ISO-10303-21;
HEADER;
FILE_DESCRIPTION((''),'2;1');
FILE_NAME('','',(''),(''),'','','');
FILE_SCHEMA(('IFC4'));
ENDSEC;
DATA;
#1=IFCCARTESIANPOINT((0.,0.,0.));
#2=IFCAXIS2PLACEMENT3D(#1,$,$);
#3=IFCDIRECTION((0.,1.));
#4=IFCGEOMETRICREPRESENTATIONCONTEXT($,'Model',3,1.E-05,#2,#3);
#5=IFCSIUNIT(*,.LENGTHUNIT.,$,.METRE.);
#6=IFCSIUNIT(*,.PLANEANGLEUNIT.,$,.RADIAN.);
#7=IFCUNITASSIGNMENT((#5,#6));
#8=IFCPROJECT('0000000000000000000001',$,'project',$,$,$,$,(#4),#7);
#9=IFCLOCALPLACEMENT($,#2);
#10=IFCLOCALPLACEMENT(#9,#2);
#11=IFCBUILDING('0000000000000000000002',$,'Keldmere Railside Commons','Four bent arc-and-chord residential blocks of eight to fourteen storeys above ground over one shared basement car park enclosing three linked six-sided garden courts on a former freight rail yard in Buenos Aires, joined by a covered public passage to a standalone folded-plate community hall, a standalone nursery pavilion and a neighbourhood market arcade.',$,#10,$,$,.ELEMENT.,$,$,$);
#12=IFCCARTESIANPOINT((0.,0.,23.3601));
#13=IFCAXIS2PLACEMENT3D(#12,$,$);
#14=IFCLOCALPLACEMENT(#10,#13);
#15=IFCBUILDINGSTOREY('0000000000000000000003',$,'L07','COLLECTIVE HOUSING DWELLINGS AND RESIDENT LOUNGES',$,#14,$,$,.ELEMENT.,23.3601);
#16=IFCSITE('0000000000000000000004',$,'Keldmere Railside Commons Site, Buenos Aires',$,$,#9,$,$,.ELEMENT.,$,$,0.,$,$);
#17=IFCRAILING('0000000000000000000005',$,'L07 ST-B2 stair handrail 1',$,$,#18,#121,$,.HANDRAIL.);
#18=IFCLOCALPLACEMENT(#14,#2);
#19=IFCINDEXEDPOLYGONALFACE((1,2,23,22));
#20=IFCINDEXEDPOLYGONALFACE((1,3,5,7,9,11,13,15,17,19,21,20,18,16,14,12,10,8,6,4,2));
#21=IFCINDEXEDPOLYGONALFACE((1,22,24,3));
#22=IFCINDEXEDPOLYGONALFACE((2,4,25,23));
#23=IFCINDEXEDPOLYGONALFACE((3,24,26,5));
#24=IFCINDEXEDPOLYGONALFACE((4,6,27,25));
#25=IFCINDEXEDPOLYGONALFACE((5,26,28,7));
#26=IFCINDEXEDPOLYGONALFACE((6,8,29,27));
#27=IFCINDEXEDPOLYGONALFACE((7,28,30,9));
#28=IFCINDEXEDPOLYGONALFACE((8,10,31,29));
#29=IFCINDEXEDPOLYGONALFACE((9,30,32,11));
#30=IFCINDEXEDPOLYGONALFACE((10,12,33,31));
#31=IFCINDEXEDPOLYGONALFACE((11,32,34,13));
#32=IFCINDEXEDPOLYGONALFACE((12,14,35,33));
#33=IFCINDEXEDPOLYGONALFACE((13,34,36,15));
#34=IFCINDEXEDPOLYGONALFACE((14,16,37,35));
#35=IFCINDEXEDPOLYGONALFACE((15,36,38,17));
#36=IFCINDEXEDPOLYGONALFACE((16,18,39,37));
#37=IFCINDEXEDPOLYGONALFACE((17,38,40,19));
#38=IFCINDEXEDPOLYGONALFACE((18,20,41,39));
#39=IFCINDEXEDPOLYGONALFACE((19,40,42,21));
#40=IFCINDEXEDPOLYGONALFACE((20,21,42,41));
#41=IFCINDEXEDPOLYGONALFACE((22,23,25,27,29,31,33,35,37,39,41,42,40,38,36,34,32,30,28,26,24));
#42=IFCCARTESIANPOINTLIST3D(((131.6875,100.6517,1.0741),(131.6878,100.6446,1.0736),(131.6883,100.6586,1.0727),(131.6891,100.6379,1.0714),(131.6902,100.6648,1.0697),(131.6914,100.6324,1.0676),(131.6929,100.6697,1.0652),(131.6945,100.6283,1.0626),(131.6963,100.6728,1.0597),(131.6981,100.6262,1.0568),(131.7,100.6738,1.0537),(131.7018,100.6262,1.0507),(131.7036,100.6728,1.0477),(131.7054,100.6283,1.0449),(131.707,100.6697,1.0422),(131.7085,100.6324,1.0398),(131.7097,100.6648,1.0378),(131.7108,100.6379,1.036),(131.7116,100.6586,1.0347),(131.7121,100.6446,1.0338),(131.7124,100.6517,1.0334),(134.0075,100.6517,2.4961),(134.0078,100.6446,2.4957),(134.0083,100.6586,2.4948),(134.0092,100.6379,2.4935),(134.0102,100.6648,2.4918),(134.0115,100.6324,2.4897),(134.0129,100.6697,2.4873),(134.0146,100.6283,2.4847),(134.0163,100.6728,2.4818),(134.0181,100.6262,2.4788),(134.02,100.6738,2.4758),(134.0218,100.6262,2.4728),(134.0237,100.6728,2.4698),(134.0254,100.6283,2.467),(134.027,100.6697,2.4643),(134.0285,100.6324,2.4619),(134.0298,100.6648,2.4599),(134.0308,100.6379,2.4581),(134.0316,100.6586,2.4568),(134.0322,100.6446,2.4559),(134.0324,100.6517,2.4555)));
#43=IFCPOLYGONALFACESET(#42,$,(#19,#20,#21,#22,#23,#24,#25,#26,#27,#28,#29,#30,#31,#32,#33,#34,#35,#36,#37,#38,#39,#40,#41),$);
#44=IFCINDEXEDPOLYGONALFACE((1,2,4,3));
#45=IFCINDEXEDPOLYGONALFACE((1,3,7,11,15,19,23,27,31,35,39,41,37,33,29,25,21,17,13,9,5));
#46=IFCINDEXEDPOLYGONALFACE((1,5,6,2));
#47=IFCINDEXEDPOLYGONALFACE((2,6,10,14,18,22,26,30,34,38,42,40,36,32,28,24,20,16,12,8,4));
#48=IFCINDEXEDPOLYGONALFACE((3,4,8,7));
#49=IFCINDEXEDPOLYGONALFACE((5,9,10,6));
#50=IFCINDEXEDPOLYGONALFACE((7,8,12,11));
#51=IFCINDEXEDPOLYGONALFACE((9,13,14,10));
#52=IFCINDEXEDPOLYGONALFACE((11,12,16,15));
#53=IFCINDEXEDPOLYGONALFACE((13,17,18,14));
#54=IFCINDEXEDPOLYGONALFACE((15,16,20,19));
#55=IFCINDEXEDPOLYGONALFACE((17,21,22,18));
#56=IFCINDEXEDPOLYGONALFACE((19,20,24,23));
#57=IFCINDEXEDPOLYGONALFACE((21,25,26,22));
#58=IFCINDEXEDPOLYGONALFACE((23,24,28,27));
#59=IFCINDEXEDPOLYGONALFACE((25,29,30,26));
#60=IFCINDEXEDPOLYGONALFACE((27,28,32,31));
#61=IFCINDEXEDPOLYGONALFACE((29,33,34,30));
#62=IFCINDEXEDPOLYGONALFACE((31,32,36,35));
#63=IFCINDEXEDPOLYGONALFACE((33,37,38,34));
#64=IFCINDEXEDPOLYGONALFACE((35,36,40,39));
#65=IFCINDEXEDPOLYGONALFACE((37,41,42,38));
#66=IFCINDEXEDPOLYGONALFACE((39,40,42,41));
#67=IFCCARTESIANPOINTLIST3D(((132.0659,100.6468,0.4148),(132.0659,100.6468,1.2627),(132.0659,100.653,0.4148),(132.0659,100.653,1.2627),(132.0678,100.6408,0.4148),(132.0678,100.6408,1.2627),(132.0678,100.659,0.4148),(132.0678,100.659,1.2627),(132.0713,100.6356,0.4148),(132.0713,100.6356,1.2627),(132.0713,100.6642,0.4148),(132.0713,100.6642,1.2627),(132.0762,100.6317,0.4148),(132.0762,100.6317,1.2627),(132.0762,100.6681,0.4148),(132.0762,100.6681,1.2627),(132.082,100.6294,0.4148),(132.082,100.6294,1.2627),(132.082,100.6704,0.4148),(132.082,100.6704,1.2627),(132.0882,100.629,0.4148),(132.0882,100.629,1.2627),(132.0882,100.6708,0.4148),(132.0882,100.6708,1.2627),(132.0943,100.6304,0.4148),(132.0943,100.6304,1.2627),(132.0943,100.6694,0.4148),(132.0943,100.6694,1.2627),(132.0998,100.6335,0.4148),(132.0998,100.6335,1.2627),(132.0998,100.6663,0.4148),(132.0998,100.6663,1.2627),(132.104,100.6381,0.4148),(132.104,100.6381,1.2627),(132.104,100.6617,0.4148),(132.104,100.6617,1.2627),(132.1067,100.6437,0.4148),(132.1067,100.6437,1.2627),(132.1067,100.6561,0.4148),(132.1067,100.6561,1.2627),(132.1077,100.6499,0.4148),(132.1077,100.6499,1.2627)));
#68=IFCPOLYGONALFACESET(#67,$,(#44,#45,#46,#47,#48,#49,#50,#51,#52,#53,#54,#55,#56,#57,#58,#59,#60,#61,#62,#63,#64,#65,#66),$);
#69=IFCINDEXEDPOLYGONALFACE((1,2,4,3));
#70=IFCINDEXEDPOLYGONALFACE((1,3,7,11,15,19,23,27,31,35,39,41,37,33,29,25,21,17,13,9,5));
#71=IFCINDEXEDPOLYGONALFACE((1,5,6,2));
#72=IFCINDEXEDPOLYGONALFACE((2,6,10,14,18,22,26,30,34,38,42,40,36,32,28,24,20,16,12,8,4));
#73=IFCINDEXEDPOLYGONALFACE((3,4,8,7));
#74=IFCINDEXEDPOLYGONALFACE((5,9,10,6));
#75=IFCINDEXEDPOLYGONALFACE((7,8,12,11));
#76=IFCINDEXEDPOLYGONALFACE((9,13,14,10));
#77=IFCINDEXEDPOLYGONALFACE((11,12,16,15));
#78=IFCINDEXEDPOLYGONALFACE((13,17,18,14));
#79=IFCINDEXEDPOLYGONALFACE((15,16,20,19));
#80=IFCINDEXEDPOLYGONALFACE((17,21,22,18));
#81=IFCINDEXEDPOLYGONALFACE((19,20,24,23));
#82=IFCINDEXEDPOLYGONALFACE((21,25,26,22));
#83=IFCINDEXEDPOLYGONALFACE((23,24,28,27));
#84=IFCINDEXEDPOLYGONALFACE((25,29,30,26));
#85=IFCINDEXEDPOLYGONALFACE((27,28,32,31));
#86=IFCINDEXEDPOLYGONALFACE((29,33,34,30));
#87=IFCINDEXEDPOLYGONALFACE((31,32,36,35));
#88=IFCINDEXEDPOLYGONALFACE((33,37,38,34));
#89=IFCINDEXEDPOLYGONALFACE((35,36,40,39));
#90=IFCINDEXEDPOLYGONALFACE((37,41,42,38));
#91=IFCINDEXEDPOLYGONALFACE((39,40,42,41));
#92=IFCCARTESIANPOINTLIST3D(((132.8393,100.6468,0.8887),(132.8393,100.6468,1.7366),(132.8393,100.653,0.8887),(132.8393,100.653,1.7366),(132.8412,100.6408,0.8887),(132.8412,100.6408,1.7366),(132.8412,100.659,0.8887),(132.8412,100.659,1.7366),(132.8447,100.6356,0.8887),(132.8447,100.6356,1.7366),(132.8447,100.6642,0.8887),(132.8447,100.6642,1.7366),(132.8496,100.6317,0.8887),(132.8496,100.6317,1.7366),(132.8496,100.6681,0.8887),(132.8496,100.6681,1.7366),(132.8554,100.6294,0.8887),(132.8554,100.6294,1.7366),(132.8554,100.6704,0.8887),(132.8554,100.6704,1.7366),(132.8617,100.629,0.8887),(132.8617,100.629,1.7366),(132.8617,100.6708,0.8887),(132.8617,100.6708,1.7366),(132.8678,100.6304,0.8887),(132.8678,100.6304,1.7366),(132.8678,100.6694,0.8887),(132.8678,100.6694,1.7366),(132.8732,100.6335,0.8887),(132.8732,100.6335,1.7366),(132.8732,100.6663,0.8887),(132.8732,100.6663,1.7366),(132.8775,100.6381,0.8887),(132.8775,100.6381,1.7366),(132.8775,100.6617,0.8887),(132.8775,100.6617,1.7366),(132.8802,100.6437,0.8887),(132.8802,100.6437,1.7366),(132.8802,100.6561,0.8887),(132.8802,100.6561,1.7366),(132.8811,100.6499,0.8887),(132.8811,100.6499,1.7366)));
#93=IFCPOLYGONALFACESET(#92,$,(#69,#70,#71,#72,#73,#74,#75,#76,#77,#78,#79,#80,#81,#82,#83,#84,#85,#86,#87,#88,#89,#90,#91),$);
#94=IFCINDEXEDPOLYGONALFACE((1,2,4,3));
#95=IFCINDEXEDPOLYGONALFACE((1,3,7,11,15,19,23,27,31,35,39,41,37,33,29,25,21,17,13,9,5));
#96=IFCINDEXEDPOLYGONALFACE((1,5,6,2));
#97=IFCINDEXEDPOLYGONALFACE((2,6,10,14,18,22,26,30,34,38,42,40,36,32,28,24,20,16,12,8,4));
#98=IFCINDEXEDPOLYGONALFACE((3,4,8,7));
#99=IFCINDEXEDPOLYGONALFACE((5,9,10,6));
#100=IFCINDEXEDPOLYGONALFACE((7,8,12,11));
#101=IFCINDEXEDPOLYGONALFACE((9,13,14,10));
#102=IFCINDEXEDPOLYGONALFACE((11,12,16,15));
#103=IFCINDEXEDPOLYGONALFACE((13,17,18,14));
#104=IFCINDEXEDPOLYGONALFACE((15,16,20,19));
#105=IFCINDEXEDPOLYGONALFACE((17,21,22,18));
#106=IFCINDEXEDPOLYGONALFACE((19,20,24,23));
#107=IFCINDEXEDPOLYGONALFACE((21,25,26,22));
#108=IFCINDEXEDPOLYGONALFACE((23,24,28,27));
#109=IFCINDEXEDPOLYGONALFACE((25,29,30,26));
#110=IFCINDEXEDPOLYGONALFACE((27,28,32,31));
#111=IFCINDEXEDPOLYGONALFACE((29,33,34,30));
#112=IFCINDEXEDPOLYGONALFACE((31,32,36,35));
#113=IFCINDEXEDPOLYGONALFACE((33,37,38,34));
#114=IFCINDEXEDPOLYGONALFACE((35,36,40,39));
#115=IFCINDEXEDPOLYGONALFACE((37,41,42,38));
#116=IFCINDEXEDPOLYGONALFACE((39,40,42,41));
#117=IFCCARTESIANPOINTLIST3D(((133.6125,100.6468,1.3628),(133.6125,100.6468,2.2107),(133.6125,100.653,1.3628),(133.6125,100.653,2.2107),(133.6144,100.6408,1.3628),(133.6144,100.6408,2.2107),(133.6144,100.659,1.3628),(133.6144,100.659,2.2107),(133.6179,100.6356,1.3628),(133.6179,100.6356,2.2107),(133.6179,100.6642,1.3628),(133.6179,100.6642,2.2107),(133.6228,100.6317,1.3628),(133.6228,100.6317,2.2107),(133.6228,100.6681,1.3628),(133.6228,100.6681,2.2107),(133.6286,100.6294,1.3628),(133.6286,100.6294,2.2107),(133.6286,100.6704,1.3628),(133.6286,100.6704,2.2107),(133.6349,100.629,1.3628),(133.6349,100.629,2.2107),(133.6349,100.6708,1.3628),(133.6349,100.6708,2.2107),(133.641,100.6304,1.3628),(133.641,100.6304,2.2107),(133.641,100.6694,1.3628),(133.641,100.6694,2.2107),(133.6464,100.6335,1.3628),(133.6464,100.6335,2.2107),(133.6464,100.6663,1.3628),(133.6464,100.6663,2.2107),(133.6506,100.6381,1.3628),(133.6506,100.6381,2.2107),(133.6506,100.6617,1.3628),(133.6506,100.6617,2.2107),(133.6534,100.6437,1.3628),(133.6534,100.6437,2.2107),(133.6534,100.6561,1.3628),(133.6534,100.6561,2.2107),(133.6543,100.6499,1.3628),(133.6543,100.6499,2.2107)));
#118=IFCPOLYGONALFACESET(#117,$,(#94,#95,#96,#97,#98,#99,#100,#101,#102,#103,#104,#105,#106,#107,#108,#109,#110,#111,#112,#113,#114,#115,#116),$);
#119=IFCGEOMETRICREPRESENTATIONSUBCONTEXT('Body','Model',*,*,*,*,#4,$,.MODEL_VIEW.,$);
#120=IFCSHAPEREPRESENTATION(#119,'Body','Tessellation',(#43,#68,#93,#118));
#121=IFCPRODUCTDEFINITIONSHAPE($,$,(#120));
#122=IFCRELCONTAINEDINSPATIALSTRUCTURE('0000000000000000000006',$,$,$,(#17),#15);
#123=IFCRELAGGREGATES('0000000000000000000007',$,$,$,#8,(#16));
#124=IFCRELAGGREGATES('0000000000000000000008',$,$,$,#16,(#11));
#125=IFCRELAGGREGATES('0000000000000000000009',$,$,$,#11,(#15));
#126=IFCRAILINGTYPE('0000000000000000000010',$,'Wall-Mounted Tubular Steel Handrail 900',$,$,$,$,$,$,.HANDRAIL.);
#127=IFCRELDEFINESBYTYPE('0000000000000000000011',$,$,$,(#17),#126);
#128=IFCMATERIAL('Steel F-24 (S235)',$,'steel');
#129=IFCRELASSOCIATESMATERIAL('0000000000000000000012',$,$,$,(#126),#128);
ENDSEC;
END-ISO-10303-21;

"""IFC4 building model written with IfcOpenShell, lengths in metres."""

from ifc_helpers import new_model, si_unit, direction, frame, origin, origin_2d, place, context, subcontext, project, spatial, circle, extrude, material, type_object, element, save


model = new_model("IFC4")

# Units and contexts
model_context = context("Model", 3, precision=1e-05, world=origin(), true_north=direction((0.0, 1.0)))
body_context = subcontext(model_context, "Body", "Model", "MODEL_VIEW")
ifc_project = project(units=[si_unit("LENGTHUNIT", "METRE"), si_unit("PLANEANGLEUNIT", "RADIAN")], contexts=[model_context])

# Site, building, storey
site_placement = place(None, origin())
site = spatial("IfcSite", under=ifc_project, at=site_placement, Name="Keldmere Railside Commons Site, Buenos Aires", CompositionType="ELEMENT", RefElevation=0.0)
building_placement = place(site_placement, origin())
building = spatial("IfcBuilding", under=site, at=building_placement, Name="Keldmere Railside Commons", Description="Four bent arc-and-chord residential blocks of eight to fourteen storeys above ground over one shared basement car park enclosing three linked six-sided garden courts on a former freight rail yard in Buenos Aires, joined by a covered public passage to a standalone folded-plate community hall, a standalone nursery pavilion and a neighbourhood market arcade.", CompositionType="ELEMENT")
storey_placement = place(building_placement, frame((0.0, 0.0, 23.3601)))
storey = spatial("IfcBuildingStorey", under=building, at=storey_placement, Name="L07", Description="COLLECTIVE HOUSING DWELLINGS AND RESIDENT LOUNGES", CompositionType="ELEMENT", Elevation=23.3601)

# Shared definitions
ifc_material_1 = material(Name="Steel F-24 (S235)", Category="steel")

# Railing
railing_type_1 = type_object("IfcRailingType", Name="Wall-Mounted Tubular Steel Handrail 900", PredefinedType="HANDRAIL", material=ifc_material_1)
railing_1_placement = place(storey_placement, frame((131.7, 100.6499, 0.1777)))
element("IfcRailing", 1, at=railing_1_placement, inside=storey, type_object=railing_type_1, Name="L07 ST-B2 stair handrail 1", PredefinedType="HANDRAIL", context=body_context, shape_type="SweptSolid", body=[
    extrude(circle(Radius=0.0239, at=origin_2d()), frame((0.0, 0.0, 0.876), z_axis=(0.852578, 0.0, 0.5226), x_axis=(0.0, 1.0, 0.0)), (0.0, 0.0, 1.0), 2.7212),
    extrude(circle(Radius=0.021, at=origin_2d()), frame((0.3867, 0.0, 0.2371)), (0.0, 0.0, 1.0), 0.8479),
    extrude(circle(Radius=0.021, at=origin_2d()), frame((1.1602, 0.0, 0.7109)), (0.0, 0.0, 1.0), 0.8479),
    extrude(circle(Radius=0.021, at=origin_2d()), frame((1.9333, 0.0, 1.1851)), (0.0, 0.0, 1.0), 0.8479),
])

save(model, "model.ifc")
